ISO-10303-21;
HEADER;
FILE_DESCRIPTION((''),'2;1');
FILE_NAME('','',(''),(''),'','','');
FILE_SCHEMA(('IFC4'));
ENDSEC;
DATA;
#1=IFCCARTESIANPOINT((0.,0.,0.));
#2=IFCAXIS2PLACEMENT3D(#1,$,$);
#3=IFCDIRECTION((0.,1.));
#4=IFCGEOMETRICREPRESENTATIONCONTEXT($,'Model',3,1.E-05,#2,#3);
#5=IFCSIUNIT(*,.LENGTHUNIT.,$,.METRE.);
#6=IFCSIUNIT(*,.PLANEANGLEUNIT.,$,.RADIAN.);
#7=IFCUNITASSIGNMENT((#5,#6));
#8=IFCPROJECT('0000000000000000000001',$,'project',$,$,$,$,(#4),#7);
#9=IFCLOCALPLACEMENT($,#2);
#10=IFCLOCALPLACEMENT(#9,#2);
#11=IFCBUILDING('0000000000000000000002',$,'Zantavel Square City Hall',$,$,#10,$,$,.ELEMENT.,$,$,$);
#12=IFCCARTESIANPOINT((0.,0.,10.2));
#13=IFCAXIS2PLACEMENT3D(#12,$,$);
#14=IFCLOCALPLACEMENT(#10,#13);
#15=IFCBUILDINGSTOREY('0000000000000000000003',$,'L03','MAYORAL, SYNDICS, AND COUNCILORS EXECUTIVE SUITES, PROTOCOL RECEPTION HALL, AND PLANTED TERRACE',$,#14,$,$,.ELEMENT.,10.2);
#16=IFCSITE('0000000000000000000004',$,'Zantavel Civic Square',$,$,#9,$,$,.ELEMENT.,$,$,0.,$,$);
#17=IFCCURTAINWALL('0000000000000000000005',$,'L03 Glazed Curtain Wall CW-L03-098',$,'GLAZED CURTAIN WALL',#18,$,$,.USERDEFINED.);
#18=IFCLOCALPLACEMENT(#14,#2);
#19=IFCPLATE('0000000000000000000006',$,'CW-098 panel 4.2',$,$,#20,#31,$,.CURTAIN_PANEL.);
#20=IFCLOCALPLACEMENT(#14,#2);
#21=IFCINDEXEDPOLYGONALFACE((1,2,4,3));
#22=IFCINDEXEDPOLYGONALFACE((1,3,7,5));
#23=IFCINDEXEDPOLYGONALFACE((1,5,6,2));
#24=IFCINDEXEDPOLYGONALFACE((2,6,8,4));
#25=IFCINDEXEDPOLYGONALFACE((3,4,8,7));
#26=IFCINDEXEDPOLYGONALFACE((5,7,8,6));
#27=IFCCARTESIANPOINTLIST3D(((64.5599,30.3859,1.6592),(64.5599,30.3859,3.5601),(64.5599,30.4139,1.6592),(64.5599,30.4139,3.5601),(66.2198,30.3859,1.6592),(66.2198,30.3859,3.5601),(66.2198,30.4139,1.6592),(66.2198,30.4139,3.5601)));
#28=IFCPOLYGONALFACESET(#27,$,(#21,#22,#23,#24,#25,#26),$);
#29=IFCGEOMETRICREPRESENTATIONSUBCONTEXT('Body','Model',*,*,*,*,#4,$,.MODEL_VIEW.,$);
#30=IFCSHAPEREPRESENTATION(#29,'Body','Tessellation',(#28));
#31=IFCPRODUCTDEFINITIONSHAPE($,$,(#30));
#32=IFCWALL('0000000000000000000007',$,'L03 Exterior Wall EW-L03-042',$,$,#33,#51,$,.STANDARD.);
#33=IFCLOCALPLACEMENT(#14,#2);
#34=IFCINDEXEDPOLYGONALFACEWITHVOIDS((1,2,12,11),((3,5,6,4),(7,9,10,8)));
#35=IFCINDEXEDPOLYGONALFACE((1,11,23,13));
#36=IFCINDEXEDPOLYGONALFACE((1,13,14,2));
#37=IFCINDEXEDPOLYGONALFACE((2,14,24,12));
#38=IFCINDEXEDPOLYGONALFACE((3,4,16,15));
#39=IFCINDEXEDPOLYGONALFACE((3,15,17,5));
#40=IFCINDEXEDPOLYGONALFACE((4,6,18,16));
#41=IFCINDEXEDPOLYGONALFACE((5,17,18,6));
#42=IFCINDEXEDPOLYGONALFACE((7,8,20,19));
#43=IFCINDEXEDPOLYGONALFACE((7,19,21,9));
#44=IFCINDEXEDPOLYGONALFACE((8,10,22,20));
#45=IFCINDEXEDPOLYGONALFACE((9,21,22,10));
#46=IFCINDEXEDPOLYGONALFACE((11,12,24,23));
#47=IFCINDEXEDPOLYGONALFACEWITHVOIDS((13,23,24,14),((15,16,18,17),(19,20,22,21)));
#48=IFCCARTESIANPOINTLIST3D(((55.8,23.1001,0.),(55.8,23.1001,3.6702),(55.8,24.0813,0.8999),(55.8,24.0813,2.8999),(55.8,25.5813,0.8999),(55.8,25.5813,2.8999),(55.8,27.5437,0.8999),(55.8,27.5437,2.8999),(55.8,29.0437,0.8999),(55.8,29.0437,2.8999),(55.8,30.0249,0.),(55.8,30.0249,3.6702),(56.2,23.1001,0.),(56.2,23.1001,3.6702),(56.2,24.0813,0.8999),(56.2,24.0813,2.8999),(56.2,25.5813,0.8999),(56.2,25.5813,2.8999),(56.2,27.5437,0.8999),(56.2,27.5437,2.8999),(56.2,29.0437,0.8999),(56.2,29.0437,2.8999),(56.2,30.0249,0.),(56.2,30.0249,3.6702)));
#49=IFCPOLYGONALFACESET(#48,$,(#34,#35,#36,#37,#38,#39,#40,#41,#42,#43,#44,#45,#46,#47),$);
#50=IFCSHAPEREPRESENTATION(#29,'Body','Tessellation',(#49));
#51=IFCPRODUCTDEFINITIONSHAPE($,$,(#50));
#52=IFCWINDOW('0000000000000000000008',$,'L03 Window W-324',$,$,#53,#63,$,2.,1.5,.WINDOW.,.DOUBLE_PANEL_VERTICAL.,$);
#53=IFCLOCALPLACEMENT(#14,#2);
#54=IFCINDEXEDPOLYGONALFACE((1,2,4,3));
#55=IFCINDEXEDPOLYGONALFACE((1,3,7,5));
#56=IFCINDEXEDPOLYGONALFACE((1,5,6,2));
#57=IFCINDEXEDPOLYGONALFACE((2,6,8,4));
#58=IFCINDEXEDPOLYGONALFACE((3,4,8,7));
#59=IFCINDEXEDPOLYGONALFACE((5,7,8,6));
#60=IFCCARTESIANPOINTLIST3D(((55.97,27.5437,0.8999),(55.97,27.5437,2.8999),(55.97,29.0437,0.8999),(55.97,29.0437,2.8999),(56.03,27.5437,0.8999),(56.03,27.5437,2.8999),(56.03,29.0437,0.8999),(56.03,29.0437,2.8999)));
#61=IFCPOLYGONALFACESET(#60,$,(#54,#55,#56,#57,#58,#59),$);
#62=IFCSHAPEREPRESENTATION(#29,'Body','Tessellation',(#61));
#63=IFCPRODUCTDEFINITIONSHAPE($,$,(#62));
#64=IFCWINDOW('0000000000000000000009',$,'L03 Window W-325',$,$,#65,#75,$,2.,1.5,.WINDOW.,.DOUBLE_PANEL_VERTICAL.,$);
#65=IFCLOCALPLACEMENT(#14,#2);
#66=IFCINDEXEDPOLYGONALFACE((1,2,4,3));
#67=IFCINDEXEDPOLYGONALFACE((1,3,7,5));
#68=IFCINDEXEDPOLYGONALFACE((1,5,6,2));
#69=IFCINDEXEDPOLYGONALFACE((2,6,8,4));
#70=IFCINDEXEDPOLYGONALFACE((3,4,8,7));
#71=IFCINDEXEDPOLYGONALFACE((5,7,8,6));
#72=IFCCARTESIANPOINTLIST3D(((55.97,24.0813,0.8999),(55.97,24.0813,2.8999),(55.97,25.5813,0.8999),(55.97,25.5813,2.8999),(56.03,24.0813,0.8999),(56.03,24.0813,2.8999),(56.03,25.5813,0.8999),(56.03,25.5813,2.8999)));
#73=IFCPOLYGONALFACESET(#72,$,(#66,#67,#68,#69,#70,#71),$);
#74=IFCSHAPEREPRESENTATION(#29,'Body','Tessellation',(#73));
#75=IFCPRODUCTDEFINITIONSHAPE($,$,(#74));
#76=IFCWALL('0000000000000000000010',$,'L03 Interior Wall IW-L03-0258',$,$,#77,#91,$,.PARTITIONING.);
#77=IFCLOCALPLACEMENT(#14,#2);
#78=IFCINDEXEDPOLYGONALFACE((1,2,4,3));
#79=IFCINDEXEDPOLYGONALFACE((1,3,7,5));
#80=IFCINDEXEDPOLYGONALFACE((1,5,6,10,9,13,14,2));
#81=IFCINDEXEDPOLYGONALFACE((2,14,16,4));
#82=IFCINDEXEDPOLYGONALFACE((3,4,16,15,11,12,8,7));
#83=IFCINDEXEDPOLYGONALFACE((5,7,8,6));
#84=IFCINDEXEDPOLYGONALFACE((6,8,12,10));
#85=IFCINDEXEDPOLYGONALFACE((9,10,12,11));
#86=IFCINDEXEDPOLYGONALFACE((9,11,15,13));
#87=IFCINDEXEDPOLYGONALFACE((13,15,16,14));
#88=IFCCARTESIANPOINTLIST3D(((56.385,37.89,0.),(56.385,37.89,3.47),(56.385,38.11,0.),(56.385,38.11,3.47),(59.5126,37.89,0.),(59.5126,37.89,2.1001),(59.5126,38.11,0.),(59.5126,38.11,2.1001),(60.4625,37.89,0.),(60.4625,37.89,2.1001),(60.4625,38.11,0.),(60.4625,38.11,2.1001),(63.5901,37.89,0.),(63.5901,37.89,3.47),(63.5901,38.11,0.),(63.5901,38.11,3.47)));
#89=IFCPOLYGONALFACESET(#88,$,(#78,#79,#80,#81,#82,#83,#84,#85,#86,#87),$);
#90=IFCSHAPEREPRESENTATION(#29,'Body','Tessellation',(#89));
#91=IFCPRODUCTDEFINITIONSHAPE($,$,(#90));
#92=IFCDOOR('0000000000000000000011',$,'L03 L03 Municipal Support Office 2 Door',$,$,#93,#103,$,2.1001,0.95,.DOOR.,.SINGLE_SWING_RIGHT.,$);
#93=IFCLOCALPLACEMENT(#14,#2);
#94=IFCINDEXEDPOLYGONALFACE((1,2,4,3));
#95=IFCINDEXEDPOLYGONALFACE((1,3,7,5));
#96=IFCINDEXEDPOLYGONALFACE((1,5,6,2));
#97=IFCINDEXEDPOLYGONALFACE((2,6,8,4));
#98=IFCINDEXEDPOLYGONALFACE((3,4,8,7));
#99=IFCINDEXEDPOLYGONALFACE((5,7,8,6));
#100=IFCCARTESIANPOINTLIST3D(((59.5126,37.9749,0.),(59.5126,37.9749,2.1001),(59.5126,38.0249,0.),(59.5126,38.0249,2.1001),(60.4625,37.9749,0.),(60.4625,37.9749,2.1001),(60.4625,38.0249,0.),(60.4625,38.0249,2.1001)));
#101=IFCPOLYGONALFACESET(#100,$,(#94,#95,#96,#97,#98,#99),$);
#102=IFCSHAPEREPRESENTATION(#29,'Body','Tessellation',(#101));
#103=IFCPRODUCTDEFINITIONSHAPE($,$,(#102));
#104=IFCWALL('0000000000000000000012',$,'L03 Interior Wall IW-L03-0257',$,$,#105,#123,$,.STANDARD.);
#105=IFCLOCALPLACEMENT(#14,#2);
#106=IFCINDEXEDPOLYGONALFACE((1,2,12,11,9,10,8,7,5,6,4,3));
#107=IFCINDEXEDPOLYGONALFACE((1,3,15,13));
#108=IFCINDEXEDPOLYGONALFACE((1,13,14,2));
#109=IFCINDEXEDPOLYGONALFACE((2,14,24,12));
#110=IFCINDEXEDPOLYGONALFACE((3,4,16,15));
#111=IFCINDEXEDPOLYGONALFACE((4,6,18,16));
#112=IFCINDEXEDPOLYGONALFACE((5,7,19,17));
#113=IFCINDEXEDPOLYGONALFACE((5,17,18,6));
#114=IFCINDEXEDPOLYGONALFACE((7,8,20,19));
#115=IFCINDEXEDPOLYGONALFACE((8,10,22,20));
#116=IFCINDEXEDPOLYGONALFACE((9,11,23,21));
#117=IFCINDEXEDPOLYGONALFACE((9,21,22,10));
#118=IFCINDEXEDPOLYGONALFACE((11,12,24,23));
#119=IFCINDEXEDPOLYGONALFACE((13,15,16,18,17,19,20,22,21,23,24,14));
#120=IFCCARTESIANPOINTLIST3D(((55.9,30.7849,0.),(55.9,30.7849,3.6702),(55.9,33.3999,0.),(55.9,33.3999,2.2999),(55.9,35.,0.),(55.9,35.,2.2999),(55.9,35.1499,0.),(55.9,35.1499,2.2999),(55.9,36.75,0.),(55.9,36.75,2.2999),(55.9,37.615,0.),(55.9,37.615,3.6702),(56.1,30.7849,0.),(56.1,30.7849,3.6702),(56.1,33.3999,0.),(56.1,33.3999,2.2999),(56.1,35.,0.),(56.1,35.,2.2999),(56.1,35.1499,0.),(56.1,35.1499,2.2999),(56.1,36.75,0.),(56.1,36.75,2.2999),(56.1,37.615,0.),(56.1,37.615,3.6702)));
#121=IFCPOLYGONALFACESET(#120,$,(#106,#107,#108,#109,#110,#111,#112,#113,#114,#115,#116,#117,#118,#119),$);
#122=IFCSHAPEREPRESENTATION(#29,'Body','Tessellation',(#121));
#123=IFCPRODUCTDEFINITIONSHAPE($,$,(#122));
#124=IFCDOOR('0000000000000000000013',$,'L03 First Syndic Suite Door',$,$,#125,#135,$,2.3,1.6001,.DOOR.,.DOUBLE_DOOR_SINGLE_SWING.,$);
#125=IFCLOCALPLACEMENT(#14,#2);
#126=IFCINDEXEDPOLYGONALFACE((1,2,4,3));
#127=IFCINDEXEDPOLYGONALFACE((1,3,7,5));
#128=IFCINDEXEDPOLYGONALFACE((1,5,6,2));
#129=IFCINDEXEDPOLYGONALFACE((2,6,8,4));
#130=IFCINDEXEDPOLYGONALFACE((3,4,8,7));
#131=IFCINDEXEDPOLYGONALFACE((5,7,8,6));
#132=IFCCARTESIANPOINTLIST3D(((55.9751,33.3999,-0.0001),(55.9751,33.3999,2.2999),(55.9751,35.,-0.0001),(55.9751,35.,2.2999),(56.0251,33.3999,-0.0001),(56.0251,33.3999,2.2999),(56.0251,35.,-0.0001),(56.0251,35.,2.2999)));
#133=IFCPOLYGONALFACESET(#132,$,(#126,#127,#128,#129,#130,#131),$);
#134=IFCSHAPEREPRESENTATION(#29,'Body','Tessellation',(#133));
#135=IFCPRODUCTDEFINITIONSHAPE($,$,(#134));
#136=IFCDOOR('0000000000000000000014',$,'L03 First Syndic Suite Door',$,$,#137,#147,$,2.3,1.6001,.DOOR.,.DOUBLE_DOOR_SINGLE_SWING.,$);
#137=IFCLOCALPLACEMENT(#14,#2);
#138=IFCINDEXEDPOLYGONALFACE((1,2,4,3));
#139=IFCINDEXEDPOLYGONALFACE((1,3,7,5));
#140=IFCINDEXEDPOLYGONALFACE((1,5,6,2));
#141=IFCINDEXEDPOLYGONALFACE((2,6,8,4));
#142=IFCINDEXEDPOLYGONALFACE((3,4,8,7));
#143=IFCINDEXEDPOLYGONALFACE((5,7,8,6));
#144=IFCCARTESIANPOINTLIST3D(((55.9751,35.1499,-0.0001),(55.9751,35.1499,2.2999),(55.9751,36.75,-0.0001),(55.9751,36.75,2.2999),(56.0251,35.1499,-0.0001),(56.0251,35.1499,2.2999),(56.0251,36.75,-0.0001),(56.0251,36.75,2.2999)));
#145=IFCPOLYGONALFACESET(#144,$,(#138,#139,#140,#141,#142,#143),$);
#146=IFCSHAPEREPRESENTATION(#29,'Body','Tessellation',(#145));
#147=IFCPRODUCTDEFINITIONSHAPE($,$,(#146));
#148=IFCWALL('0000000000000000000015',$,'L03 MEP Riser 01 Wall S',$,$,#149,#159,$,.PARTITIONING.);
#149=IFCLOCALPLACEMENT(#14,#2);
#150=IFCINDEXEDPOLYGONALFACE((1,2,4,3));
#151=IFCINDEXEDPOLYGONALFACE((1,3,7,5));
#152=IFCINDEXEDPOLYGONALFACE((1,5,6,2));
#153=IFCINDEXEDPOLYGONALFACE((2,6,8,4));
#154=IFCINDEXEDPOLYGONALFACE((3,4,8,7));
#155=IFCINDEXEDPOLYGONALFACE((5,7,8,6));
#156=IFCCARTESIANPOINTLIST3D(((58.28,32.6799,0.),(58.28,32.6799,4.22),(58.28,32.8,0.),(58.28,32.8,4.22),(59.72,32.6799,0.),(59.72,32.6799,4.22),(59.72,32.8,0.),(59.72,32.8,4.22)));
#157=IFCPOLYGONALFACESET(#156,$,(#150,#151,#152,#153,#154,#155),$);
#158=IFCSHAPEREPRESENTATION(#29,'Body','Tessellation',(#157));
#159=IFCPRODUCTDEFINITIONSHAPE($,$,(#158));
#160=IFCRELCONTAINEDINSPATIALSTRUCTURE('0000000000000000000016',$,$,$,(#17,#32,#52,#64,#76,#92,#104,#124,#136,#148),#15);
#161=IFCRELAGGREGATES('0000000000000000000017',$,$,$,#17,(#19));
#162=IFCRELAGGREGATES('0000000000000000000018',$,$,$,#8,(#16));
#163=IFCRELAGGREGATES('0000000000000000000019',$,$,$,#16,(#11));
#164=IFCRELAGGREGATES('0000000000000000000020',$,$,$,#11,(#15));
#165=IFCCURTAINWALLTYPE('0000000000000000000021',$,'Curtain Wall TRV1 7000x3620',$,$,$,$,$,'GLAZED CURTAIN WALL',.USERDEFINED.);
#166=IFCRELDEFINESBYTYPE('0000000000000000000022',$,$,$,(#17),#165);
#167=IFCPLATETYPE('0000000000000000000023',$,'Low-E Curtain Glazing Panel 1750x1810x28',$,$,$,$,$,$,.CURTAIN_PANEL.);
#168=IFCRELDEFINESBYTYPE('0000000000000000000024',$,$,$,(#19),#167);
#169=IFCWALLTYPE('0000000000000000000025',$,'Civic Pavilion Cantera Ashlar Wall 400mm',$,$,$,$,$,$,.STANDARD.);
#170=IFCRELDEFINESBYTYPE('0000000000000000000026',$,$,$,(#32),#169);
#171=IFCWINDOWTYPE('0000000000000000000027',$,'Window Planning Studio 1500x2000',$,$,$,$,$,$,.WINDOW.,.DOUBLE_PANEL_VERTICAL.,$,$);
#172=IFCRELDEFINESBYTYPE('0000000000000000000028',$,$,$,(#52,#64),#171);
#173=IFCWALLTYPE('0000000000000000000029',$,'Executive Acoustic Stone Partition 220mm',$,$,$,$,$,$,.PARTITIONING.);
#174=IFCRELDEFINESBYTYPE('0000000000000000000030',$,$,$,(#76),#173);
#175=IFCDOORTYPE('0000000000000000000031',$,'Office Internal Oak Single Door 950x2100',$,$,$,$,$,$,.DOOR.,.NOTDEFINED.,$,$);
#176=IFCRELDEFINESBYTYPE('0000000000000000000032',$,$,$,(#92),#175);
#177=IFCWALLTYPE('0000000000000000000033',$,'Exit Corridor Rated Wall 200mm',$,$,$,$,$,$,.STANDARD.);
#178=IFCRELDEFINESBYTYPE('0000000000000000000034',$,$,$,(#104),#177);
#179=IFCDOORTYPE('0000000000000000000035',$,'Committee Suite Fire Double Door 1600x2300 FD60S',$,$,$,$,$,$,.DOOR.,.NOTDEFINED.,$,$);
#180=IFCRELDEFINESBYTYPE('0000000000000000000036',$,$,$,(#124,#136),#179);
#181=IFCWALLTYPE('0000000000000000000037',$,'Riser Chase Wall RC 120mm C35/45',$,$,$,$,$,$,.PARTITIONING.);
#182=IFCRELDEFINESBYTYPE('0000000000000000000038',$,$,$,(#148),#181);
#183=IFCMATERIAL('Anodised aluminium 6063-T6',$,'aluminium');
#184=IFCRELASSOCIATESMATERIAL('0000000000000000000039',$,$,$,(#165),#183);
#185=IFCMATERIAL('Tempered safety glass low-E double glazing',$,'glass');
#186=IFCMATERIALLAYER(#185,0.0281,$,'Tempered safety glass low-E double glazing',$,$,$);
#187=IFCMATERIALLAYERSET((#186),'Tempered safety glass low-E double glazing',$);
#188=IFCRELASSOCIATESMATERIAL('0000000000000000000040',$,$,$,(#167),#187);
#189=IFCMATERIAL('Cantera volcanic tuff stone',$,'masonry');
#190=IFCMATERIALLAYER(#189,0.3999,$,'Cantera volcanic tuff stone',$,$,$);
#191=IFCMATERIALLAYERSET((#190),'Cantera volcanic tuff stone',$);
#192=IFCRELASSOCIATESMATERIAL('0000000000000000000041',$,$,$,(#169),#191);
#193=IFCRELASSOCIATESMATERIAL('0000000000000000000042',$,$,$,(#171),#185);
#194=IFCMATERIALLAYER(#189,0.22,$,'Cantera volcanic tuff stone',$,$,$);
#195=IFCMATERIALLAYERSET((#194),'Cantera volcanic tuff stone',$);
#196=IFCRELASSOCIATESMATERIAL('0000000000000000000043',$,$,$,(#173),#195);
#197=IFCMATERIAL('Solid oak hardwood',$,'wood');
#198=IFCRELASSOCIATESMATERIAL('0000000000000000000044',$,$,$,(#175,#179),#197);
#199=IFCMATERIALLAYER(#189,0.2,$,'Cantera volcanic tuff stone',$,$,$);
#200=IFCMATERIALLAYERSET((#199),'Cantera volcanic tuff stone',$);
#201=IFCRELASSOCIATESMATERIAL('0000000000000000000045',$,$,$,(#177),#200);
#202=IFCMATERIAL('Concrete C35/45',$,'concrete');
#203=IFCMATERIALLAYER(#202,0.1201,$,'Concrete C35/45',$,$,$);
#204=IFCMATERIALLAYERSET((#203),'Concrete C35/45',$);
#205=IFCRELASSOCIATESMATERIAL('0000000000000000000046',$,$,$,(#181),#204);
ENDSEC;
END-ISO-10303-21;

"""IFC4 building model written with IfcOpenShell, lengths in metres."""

from ifc_helpers import new_model, si_unit, direction, frame, frame_2d, origin, origin_2d, place, context, subcontext, project, spatial, rectangle, extrude, material, layer, layer_set, type_object, element, fill, aggregate, save


model = new_model("IFC4")

# Units and contexts
model_context = context("Model", 3, precision=1e-05, world=origin(), true_north=direction((0.0, 1.0)))
body_context = subcontext(model_context, "Body", "Model", "MODEL_VIEW")
ifc_project = project(units=[si_unit("LENGTHUNIT", "METRE"), si_unit("PLANEANGLEUNIT", "RADIAN")], contexts=[model_context])

# Site, building, storey
site_placement = place(None, origin())
site = spatial("IfcSite", under=ifc_project, at=site_placement, Name="Zantavel Civic Square", CompositionType="ELEMENT", RefElevation=0.0)
building_placement = place(site_placement, origin())
building = spatial("IfcBuilding", under=site, at=building_placement, Name="Zantavel Square City Hall", CompositionType="ELEMENT")
storey_placement = place(building_placement, frame((0.0, 0.0, 10.2)))
storey = spatial("IfcBuildingStorey", under=building, at=storey_placement, Name="L03", Description="MAYORAL, SYNDICS, AND COUNCILORS EXECUTIVE SUITES, PROTOCOL RECEPTION HALL, AND PLANTED TERRACE", CompositionType="ELEMENT", Elevation=10.2)

# Curtain wall
ifc_material_1 = material(Name="Anodised aluminium 6063-T6", Category="aluminium")
curtain_wall_type = type_object("IfcCurtainWallType", Name="Curtain Wall TRV1 7000x3620", ElementType="GLAZED CURTAIN WALL", PredefinedType="USERDEFINED", material=ifc_material_1)
curtain_wall_placement = place(storey_placement, origin())
curtain_wall = element("IfcCurtainWall", 1, at=curtain_wall_placement, inside=storey, type_object=curtain_wall_type, Name="L03 Glazed Curtain Wall CW-L03-098", ObjectType="GLAZED CURTAIN WALL", PredefinedType="USERDEFINED")

# Shared definitions
ifc_material_2 = material(Name="Concrete C35/45", Category="concrete")

# Plate
ifc_material_3 = material(Name="Tempered safety glass low-E double glazing", Category="glass")
ifc_layer_1 = layer(ifc_material_3, 0.0281, Name="Tempered safety glass low-E double glazing")
ifc_layer_set_1 = layer_set([ifc_layer_1], Name="Tempered safety glass low-E double glazing")
plate_type = type_object("IfcPlateType", Name="Low-E Curtain Glazing Panel 1750x1810x28", PredefinedType="CURTAIN_PANEL", material=ifc_layer_set_1)
plate_1_placement = place(storey_placement, frame((65.3899, 30.3999, 1.6592), z_axis=(0.0, 0.0, 1.0), x_axis=(-1.0, 0.0, 0.0)))
plate_1 = element("IfcPlate", 2, at=plate_1_placement, type_object=plate_type, Name="CW-098 panel 4.2", PredefinedType="CURTAIN_PANEL", context=body_context, shape_type="SweptSolid", body=[
    extrude(rectangle(XDim=1.6599, YDim=0.0281, at=origin_2d()), origin(), (0.0, 0.0, 1.0), 1.9009),
])
aggregate(curtain_wall, [plate_1])

# Wall, openings, windows
ifc_material_4 = material(Name="Cantera volcanic tuff stone", Category="masonry")
ifc_layer_2 = layer(ifc_material_4, 0.3999, Name="Cantera volcanic tuff stone")
ifc_layer_set_2 = layer_set([ifc_layer_2], Name="Cantera volcanic tuff stone")
wall_type_1 = type_object("IfcWallType", Name="Civic Pavilion Cantera Ashlar Wall 400mm", PredefinedType="STANDARD", material=ifc_layer_set_2)
wall_1_placement = place(storey_placement, frame((56.0, 30.0249, 0.0), z_axis=(0.0, 0.0, 1.0), x_axis=(0.0, -1.0, 0.0)))
wall_1 = element("IfcWall", 3, at=wall_1_placement, inside=storey, type_object=wall_type_1, Name="L03 Exterior Wall EW-L03-042", PredefinedType="STANDARD", context=body_context, shape_type="SweptSolid", body=[
    extrude(rectangle(XDim=6.9248, YDim=0.3999, at=frame_2d((3.4624, 0.0))), origin(), (0.0, 0.0, 1.0), 3.6702),
])
opening_1_placement = place(wall_1_placement, frame((0.9812, 0.0, 0.8999)))
opening_1 = element("IfcOpeningElement", 4, at=opening_1_placement, cuts=wall_1, PredefinedType="OPENING", context=body_context, shape_type="SweptSolid", body=[
    extrude(rectangle(XDim=1.5, YDim=2.0, at=frame_2d((0.75, 1.0))), frame((0.0, 0.21, 0.0), z_axis=(0.0, -1.0, 0.0), x_axis=(1.0, 0.0, 0.0)), (0.0, 0.0, 1.0), 0.4199),
])
opening_2_placement = place(wall_1_placement, frame((4.4436, 0.0, 0.8999)))
opening_2 = element("IfcOpeningElement", 5, at=opening_2_placement, cuts=wall_1, PredefinedType="OPENING", context=body_context, shape_type="SweptSolid", body=[
    extrude(rectangle(XDim=1.5, YDim=2.0, at=frame_2d((0.75, 1.0))), frame((0.0, 0.21, 0.0), z_axis=(0.0, -1.0, 0.0), x_axis=(1.0, 0.0, 0.0)), (0.0, 0.0, 1.0), 0.4199),
])
window_type = type_object("IfcWindowType", Name="Window Planning Studio 1500x2000", PartitioningType="DOUBLE_PANEL_VERTICAL", PredefinedType="WINDOW", material=ifc_material_3)
window_1_placement = place(opening_1_placement, origin())
window_1 = element("IfcWindow", 6, at=window_1_placement, inside=storey, type_object=window_type, Name="L03 Window W-324", OverallHeight=2.0, OverallWidth=1.5, PartitioningType="DOUBLE_PANEL_VERTICAL", PredefinedType="WINDOW", context=body_context, shape_type="SweptSolid", body=[
    extrude(rectangle(XDim=1.5, YDim=2.0, at=frame_2d((0.75, 1.0))), frame((0.0, 0.03, 0.0), z_axis=(0.0, -1.0, 0.0), x_axis=(1.0, 0.0, 0.0)), (0.0, 0.0, 1.0), 0.0601),
])
fill(opening_1, window_1)
window_2_placement = place(opening_2_placement, origin())
window_2 = element("IfcWindow", 7, at=window_2_placement, inside=storey, type_object=window_type, Name="L03 Window W-325", OverallHeight=2.0, OverallWidth=1.5, PartitioningType="DOUBLE_PANEL_VERTICAL", PredefinedType="WINDOW", context=body_context, shape_type="SweptSolid", body=[
    extrude(rectangle(XDim=1.5, YDim=2.0, at=frame_2d((0.75, 1.0))), frame((0.0, 0.03, 0.0), z_axis=(0.0, -1.0, 0.0), x_axis=(1.0, 0.0, 0.0)), (0.0, 0.0, 1.0), 0.0601),
])
fill(opening_2, window_2)

# Wall, opening, door
ifc_layer_3 = layer(ifc_material_4, 0.22, Name="Cantera volcanic tuff stone")
ifc_layer_set_3 = layer_set([ifc_layer_3], Name="Cantera volcanic tuff stone")
wall_type_2 = type_object("IfcWallType", Name="Executive Acoustic Stone Partition 220mm", PredefinedType="PARTITIONING", material=ifc_layer_set_3)
wall_2_placement = place(storey_placement, frame((56.385, 38.0, 0.0), z_axis=(0.0, 0.0, 1.0), x_axis=(1.0, 0.0, 0.0)))
wall_2 = element("IfcWall", 8, at=wall_2_placement, inside=storey, type_object=wall_type_2, Name="L03 Interior Wall IW-L03-0258", PredefinedType="PARTITIONING", context=body_context, shape_type="SweptSolid", body=[
    extrude(rectangle(XDim=7.2051, YDim=0.22, at=frame_2d((3.6025, 0.0))), origin(), (0.0, 0.0, 1.0), 3.47),
])
opening_3_placement = place(wall_2_placement, frame((3.1274, 0.0, 0.0)))
opening_3 = element("IfcOpeningElement", 9, at=opening_3_placement, cuts=wall_2, PredefinedType="OPENING", context=body_context, shape_type="SweptSolid", body=[
    extrude(rectangle(XDim=0.95, YDim=2.1001, at=frame_2d((0.4751, 1.05))), frame((0.0, 0.1199, 0.0), z_axis=(0.0, -1.0, 0.0), x_axis=(1.0, 0.0, 0.0)), (0.0, 0.0, 1.0), 0.24),
])
ifc_material_5 = material(Name="Solid oak hardwood", Category="wood")
door_type_1 = type_object("IfcDoorType", Name="Office Internal Oak Single Door 950x2100", OperationType="NOTDEFINED", PredefinedType="DOOR", material=ifc_material_5)
door_1_placement = place(opening_3_placement, origin())
door_1 = element("IfcDoor", 10, at=door_1_placement, inside=storey, type_object=door_type_1, Name="L03 L03 Municipal Support Office 2 Door", OperationType="SINGLE_SWING_RIGHT", OverallHeight=2.1001, OverallWidth=0.95, PredefinedType="DOOR", context=body_context, shape_type="SweptSolid", body=[
    extrude(rectangle(XDim=0.95, YDim=2.1001, at=frame_2d((0.4751, 1.05))), frame((0.0, 0.0249, 0.0), z_axis=(0.0, -1.0, 0.0), x_axis=(1.0, 0.0, 0.0)), (0.0, 0.0, 1.0), 0.05),
])
fill(opening_3, door_1)

# Wall, openings, doors
ifc_layer_4 = layer(ifc_material_4, 0.2, Name="Cantera volcanic tuff stone")
ifc_layer_set_4 = layer_set([ifc_layer_4], Name="Cantera volcanic tuff stone")
wall_type_3 = type_object("IfcWallType", Name="Exit Corridor Rated Wall 200mm", PredefinedType="STANDARD", material=ifc_layer_set_4)
wall_3_placement = place(storey_placement, frame((56.0, 30.7849, 0.0), z_axis=(0.0, 0.0, 1.0), x_axis=(0.0, 1.0, 0.0)))
wall_3 = element("IfcWall", 11, at=wall_3_placement, inside=storey, type_object=wall_type_3, Name="L03 Interior Wall IW-L03-0257", PredefinedType="STANDARD", context=body_context, shape_type="SweptSolid", body=[
    extrude(rectangle(XDim=6.8301, YDim=0.2, at=frame_2d((3.415, 0.0))), origin(), (0.0, 0.0, 1.0), 3.6702),
])
opening_4_placement = place(wall_3_placement, frame((2.615, 0.0, 0.0)))
opening_4 = element("IfcOpeningElement", 12, at=opening_4_placement, cuts=wall_3, PredefinedType="OPENING", context=body_context, shape_type="SweptSolid", body=[
    extrude(rectangle(XDim=1.6001, YDim=2.3, at=frame_2d((0.8, 1.1499))), frame((0.0, 0.1099, 0.0), z_axis=(0.0, -1.0, 0.0), x_axis=(1.0, 0.0, 0.0)), (0.0, 0.0, 1.0), 0.22),
])
opening_5_placement = place(wall_3_placement, frame((4.365, 0.0, 0.0)))
opening_5 = element("IfcOpeningElement", 13, at=opening_5_placement, cuts=wall_3, PredefinedType="OPENING", context=body_context, shape_type="SweptSolid", body=[
    extrude(rectangle(XDim=1.6001, YDim=2.3, at=frame_2d((0.8, 1.1499))), frame((0.0, 0.1099, 0.0), z_axis=(0.0, -1.0, 0.0), x_axis=(1.0, 0.0, 0.0)), (0.0, 0.0, 1.0), 0.22),
])
door_type_2 = type_object("IfcDoorType", Name="Committee Suite Fire Double Door 1600x2300 FD60S", OperationType="NOTDEFINED", PredefinedType="DOOR", material=ifc_material_5)
door_2_placement = place(opening_4_placement, origin())
door_2 = element("IfcDoor", 14, at=door_2_placement, inside=storey, type_object=door_type_2, Name="L03 First Syndic Suite Door", OperationType="DOUBLE_DOOR_SINGLE_SWING", OverallHeight=2.3, OverallWidth=1.6001, PredefinedType="DOOR", context=body_context, shape_type="SweptSolid", body=[
    extrude(rectangle(XDim=1.6001, YDim=2.3, at=frame_2d((0.8, 1.1499))), frame((0.0, 0.0249, 0.0), z_axis=(0.0, -1.0, 0.0), x_axis=(1.0, 0.0, 0.0)), (0.0, 0.0, 1.0), 0.05),
])
fill(opening_4, door_2)
door_3_placement = place(opening_5_placement, origin())
door_3 = element("IfcDoor", 15, at=door_3_placement, inside=storey, type_object=door_type_2, Name="L03 First Syndic Suite Door", OperationType="DOUBLE_DOOR_SINGLE_SWING", OverallHeight=2.3, OverallWidth=1.6001, PredefinedType="DOOR", context=body_context, shape_type="SweptSolid", body=[
    extrude(rectangle(XDim=1.6001, YDim=2.3, at=frame_2d((0.8, 1.1499))), frame((0.0, 0.0249, 0.0), z_axis=(0.0, -1.0, 0.0), x_axis=(1.0, 0.0, 0.0)), (0.0, 0.0, 1.0), 0.05),
])
fill(opening_5, door_3)

# Wall
ifc_layer_5 = layer(ifc_material_2, 0.1201, Name="Concrete C35/45")
ifc_layer_set_5 = layer_set([ifc_layer_5], Name="Concrete C35/45")
wall_type_4 = type_object("IfcWallType", Name="Riser Chase Wall RC 120mm C35/45", PredefinedType="PARTITIONING", material=ifc_layer_set_5)
wall_4_placement = place(storey_placement, frame((59.72, 32.74, 0.0), z_axis=(0.0, 0.0, 1.0), x_axis=(-1.0, 0.0, 0.0)))
element("IfcWall", 16, at=wall_4_placement, inside=storey, type_object=wall_type_4, Name="L03 MEP Riser 01 Wall S", PredefinedType="PARTITIONING", context=body_context, shape_type="SweptSolid", body=[
    extrude(rectangle(XDim=1.4399, YDim=0.1201, at=frame_2d((0.72, 0.0))), origin(), (0.0, 0.0, 1.0), 4.22),
])

save(model, "model.ifc")
